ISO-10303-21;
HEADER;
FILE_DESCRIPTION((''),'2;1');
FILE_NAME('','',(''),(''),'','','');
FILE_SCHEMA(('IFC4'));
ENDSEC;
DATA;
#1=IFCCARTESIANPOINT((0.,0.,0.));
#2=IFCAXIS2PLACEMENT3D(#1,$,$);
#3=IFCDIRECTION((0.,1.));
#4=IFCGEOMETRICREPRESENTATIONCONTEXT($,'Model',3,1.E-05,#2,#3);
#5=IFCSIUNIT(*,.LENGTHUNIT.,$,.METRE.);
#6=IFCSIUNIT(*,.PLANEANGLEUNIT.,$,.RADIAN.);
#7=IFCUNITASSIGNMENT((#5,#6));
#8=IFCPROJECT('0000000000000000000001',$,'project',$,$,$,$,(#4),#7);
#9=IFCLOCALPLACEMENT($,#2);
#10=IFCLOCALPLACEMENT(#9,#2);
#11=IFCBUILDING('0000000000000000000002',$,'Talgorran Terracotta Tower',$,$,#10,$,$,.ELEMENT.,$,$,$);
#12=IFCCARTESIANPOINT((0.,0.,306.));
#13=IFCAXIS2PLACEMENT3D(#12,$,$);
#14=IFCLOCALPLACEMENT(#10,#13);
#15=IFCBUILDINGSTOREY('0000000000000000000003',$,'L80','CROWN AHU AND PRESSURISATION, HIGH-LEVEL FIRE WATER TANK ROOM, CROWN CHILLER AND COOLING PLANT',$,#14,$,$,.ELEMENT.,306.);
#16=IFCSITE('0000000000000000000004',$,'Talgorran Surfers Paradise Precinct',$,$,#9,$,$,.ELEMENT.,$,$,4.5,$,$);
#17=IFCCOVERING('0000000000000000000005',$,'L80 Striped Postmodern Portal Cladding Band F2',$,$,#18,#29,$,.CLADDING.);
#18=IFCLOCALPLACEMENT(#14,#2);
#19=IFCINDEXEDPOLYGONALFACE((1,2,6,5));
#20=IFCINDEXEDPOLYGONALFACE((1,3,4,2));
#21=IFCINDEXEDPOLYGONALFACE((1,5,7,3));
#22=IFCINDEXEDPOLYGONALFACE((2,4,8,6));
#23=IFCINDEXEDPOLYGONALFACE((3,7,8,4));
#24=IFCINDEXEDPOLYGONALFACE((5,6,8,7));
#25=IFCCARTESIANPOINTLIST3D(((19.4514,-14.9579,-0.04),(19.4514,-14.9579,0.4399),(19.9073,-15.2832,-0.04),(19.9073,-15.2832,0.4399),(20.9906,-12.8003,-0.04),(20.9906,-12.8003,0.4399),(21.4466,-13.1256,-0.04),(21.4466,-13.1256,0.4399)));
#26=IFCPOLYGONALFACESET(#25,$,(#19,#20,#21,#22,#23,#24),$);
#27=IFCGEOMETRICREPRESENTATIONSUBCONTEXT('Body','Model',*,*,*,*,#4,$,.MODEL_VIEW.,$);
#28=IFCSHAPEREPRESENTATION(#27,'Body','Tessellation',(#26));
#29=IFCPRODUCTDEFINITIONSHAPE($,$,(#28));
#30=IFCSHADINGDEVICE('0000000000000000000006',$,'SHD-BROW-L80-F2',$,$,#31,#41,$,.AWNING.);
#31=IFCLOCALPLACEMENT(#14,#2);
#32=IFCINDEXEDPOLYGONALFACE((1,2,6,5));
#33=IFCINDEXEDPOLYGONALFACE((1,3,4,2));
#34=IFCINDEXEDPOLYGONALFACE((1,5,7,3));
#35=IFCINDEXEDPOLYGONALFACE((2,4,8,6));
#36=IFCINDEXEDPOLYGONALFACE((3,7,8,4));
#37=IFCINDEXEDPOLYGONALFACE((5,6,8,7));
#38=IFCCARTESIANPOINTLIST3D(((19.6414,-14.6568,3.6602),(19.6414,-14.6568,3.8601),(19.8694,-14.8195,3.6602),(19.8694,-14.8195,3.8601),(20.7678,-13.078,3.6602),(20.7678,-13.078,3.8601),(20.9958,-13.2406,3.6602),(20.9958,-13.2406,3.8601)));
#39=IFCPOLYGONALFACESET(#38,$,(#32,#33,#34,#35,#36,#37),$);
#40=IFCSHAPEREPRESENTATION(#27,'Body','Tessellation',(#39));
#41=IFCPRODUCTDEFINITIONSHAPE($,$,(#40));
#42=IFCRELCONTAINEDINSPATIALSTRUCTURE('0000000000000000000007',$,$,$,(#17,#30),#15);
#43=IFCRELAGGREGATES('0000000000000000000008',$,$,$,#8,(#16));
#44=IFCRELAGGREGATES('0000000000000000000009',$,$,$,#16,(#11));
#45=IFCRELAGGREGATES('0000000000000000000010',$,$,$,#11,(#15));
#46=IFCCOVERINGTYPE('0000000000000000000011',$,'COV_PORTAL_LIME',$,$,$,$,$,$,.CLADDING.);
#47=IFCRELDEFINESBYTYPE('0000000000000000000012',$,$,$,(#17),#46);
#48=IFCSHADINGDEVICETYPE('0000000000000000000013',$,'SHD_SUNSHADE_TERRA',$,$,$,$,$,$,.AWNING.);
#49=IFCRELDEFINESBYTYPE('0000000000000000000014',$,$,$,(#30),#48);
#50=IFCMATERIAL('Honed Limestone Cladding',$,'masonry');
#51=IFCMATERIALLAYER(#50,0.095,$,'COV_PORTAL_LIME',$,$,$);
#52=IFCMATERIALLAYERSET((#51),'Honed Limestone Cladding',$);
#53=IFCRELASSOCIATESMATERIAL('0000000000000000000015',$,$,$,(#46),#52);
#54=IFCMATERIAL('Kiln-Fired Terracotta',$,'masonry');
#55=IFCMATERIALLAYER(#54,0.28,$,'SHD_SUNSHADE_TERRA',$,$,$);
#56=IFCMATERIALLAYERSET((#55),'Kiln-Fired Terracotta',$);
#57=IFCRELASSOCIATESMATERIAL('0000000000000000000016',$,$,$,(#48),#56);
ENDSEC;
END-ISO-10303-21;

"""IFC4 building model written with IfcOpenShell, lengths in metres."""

from ifc_helpers import new_model, si_unit, direction, frame, origin, origin_2d, place, context, subcontext, project, spatial, rectangle, extrude, source, transform, mapped, material, layer, layer_set, type_object, type_shapes, element, save


model = new_model("IFC4")

# Units and contexts
model_context = context("Model", 3, precision=1e-05, world=origin(), true_north=direction((0.0, 1.0)))
body_context = subcontext(model_context, "Body", "Model", "MODEL_VIEW")
ifc_project = project(units=[si_unit("LENGTHUNIT", "METRE"), si_unit("PLANEANGLEUNIT", "RADIAN")], contexts=[model_context])

# Site, building, storey
site_placement = place(None, origin())
site = spatial("IfcSite", under=ifc_project, at=site_placement, Name="Talgorran Surfers Paradise Precinct", CompositionType="ELEMENT", RefElevation=4.5)
building_placement = place(site_placement, origin())
building = spatial("IfcBuilding", under=site, at=building_placement, Name="Talgorran Terracotta Tower", CompositionType="ELEMENT")
storey_placement = place(building_placement, frame((0.0, 0.0, 306.0)))
storey = spatial("IfcBuildingStorey", under=building, at=storey_placement, Name="L80", Description="CROWN AHU AND PRESSURISATION, HIGH-LEVEL FIRE WATER TANK ROOM, CROWN CHILLER AND COOLING PLANT", CompositionType="ELEMENT", Elevation=306.0)

# Covering
ifc_material_1 = material(Name="Honed Limestone Cladding", Category="masonry")
ifc_layer_1 = layer(ifc_material_1, 0.095, Name="COV_PORTAL_LIME")
ifc_layer_set_1 = layer_set([ifc_layer_1], Name="Honed Limestone Cladding")
covering_type = type_object("IfcCoveringType", Name="COV_PORTAL_LIME", PredefinedType="CLADDING", material=ifc_layer_set_1)
covering_placement = place(storey_placement, frame((20.449, -14.0417, -0.04), z_axis=(0.0, 0.0, 1.0), x_axis=(0.58076, 0.814075, 0.0)))
element("IfcCovering", 1, at=covering_placement, inside=storey, type_object=covering_type, Name="L80 Striped Postmodern Portal Cladding Band F2", PredefinedType="CLADDING", context=body_context, shape_type="SweptSolid", body=[
    extrude(rectangle(XDim=2.6504, YDim=0.5601, at=origin_2d()), origin(), (0.0, 0.0, 1.0), 0.48),
])

# Shading device
ifc_material_2 = material(Name="Kiln-Fired Terracotta", Category="masonry")
ifc_layer_2 = layer(ifc_material_2, 0.28, Name="SHD_SUNSHADE_TERRA")
ifc_layer_set_2 = layer_set([ifc_layer_2], Name="Kiln-Fired Terracotta")
shading_device_type = type_object("IfcShadingDeviceType", Name="SHD_SUNSHADE_TERRA", PredefinedType="AWNING", material=ifc_layer_set_2)
shared_shape_1 = source(origin(), body_context, "Body", "SweptSolid", [
    extrude(rectangle(XDim=1.9395, YDim=0.28, at=origin_2d()), origin(), (0.0, 0.0, 1.0), 0.2),
])
type_shapes(shading_device_type, [shared_shape_1])
shading_device_placement = place(storey_placement, frame((20.3186, -13.9487, 3.6602), z_axis=(0.0, 0.0, 1.0), x_axis=(0.58076, 0.814075, 0.0)))
element("IfcShadingDevice", 2, at=shading_device_placement, inside=storey, type_object=shading_device_type, Name="SHD-BROW-L80-F2", PredefinedType="AWNING", context=body_context, shape_type="MappedRepresentation", body=[
    mapped(shared_shape_1, transform((0.0, 0.0, 0.0), scale=1.0)),
])

save(model, "model.ifc")
